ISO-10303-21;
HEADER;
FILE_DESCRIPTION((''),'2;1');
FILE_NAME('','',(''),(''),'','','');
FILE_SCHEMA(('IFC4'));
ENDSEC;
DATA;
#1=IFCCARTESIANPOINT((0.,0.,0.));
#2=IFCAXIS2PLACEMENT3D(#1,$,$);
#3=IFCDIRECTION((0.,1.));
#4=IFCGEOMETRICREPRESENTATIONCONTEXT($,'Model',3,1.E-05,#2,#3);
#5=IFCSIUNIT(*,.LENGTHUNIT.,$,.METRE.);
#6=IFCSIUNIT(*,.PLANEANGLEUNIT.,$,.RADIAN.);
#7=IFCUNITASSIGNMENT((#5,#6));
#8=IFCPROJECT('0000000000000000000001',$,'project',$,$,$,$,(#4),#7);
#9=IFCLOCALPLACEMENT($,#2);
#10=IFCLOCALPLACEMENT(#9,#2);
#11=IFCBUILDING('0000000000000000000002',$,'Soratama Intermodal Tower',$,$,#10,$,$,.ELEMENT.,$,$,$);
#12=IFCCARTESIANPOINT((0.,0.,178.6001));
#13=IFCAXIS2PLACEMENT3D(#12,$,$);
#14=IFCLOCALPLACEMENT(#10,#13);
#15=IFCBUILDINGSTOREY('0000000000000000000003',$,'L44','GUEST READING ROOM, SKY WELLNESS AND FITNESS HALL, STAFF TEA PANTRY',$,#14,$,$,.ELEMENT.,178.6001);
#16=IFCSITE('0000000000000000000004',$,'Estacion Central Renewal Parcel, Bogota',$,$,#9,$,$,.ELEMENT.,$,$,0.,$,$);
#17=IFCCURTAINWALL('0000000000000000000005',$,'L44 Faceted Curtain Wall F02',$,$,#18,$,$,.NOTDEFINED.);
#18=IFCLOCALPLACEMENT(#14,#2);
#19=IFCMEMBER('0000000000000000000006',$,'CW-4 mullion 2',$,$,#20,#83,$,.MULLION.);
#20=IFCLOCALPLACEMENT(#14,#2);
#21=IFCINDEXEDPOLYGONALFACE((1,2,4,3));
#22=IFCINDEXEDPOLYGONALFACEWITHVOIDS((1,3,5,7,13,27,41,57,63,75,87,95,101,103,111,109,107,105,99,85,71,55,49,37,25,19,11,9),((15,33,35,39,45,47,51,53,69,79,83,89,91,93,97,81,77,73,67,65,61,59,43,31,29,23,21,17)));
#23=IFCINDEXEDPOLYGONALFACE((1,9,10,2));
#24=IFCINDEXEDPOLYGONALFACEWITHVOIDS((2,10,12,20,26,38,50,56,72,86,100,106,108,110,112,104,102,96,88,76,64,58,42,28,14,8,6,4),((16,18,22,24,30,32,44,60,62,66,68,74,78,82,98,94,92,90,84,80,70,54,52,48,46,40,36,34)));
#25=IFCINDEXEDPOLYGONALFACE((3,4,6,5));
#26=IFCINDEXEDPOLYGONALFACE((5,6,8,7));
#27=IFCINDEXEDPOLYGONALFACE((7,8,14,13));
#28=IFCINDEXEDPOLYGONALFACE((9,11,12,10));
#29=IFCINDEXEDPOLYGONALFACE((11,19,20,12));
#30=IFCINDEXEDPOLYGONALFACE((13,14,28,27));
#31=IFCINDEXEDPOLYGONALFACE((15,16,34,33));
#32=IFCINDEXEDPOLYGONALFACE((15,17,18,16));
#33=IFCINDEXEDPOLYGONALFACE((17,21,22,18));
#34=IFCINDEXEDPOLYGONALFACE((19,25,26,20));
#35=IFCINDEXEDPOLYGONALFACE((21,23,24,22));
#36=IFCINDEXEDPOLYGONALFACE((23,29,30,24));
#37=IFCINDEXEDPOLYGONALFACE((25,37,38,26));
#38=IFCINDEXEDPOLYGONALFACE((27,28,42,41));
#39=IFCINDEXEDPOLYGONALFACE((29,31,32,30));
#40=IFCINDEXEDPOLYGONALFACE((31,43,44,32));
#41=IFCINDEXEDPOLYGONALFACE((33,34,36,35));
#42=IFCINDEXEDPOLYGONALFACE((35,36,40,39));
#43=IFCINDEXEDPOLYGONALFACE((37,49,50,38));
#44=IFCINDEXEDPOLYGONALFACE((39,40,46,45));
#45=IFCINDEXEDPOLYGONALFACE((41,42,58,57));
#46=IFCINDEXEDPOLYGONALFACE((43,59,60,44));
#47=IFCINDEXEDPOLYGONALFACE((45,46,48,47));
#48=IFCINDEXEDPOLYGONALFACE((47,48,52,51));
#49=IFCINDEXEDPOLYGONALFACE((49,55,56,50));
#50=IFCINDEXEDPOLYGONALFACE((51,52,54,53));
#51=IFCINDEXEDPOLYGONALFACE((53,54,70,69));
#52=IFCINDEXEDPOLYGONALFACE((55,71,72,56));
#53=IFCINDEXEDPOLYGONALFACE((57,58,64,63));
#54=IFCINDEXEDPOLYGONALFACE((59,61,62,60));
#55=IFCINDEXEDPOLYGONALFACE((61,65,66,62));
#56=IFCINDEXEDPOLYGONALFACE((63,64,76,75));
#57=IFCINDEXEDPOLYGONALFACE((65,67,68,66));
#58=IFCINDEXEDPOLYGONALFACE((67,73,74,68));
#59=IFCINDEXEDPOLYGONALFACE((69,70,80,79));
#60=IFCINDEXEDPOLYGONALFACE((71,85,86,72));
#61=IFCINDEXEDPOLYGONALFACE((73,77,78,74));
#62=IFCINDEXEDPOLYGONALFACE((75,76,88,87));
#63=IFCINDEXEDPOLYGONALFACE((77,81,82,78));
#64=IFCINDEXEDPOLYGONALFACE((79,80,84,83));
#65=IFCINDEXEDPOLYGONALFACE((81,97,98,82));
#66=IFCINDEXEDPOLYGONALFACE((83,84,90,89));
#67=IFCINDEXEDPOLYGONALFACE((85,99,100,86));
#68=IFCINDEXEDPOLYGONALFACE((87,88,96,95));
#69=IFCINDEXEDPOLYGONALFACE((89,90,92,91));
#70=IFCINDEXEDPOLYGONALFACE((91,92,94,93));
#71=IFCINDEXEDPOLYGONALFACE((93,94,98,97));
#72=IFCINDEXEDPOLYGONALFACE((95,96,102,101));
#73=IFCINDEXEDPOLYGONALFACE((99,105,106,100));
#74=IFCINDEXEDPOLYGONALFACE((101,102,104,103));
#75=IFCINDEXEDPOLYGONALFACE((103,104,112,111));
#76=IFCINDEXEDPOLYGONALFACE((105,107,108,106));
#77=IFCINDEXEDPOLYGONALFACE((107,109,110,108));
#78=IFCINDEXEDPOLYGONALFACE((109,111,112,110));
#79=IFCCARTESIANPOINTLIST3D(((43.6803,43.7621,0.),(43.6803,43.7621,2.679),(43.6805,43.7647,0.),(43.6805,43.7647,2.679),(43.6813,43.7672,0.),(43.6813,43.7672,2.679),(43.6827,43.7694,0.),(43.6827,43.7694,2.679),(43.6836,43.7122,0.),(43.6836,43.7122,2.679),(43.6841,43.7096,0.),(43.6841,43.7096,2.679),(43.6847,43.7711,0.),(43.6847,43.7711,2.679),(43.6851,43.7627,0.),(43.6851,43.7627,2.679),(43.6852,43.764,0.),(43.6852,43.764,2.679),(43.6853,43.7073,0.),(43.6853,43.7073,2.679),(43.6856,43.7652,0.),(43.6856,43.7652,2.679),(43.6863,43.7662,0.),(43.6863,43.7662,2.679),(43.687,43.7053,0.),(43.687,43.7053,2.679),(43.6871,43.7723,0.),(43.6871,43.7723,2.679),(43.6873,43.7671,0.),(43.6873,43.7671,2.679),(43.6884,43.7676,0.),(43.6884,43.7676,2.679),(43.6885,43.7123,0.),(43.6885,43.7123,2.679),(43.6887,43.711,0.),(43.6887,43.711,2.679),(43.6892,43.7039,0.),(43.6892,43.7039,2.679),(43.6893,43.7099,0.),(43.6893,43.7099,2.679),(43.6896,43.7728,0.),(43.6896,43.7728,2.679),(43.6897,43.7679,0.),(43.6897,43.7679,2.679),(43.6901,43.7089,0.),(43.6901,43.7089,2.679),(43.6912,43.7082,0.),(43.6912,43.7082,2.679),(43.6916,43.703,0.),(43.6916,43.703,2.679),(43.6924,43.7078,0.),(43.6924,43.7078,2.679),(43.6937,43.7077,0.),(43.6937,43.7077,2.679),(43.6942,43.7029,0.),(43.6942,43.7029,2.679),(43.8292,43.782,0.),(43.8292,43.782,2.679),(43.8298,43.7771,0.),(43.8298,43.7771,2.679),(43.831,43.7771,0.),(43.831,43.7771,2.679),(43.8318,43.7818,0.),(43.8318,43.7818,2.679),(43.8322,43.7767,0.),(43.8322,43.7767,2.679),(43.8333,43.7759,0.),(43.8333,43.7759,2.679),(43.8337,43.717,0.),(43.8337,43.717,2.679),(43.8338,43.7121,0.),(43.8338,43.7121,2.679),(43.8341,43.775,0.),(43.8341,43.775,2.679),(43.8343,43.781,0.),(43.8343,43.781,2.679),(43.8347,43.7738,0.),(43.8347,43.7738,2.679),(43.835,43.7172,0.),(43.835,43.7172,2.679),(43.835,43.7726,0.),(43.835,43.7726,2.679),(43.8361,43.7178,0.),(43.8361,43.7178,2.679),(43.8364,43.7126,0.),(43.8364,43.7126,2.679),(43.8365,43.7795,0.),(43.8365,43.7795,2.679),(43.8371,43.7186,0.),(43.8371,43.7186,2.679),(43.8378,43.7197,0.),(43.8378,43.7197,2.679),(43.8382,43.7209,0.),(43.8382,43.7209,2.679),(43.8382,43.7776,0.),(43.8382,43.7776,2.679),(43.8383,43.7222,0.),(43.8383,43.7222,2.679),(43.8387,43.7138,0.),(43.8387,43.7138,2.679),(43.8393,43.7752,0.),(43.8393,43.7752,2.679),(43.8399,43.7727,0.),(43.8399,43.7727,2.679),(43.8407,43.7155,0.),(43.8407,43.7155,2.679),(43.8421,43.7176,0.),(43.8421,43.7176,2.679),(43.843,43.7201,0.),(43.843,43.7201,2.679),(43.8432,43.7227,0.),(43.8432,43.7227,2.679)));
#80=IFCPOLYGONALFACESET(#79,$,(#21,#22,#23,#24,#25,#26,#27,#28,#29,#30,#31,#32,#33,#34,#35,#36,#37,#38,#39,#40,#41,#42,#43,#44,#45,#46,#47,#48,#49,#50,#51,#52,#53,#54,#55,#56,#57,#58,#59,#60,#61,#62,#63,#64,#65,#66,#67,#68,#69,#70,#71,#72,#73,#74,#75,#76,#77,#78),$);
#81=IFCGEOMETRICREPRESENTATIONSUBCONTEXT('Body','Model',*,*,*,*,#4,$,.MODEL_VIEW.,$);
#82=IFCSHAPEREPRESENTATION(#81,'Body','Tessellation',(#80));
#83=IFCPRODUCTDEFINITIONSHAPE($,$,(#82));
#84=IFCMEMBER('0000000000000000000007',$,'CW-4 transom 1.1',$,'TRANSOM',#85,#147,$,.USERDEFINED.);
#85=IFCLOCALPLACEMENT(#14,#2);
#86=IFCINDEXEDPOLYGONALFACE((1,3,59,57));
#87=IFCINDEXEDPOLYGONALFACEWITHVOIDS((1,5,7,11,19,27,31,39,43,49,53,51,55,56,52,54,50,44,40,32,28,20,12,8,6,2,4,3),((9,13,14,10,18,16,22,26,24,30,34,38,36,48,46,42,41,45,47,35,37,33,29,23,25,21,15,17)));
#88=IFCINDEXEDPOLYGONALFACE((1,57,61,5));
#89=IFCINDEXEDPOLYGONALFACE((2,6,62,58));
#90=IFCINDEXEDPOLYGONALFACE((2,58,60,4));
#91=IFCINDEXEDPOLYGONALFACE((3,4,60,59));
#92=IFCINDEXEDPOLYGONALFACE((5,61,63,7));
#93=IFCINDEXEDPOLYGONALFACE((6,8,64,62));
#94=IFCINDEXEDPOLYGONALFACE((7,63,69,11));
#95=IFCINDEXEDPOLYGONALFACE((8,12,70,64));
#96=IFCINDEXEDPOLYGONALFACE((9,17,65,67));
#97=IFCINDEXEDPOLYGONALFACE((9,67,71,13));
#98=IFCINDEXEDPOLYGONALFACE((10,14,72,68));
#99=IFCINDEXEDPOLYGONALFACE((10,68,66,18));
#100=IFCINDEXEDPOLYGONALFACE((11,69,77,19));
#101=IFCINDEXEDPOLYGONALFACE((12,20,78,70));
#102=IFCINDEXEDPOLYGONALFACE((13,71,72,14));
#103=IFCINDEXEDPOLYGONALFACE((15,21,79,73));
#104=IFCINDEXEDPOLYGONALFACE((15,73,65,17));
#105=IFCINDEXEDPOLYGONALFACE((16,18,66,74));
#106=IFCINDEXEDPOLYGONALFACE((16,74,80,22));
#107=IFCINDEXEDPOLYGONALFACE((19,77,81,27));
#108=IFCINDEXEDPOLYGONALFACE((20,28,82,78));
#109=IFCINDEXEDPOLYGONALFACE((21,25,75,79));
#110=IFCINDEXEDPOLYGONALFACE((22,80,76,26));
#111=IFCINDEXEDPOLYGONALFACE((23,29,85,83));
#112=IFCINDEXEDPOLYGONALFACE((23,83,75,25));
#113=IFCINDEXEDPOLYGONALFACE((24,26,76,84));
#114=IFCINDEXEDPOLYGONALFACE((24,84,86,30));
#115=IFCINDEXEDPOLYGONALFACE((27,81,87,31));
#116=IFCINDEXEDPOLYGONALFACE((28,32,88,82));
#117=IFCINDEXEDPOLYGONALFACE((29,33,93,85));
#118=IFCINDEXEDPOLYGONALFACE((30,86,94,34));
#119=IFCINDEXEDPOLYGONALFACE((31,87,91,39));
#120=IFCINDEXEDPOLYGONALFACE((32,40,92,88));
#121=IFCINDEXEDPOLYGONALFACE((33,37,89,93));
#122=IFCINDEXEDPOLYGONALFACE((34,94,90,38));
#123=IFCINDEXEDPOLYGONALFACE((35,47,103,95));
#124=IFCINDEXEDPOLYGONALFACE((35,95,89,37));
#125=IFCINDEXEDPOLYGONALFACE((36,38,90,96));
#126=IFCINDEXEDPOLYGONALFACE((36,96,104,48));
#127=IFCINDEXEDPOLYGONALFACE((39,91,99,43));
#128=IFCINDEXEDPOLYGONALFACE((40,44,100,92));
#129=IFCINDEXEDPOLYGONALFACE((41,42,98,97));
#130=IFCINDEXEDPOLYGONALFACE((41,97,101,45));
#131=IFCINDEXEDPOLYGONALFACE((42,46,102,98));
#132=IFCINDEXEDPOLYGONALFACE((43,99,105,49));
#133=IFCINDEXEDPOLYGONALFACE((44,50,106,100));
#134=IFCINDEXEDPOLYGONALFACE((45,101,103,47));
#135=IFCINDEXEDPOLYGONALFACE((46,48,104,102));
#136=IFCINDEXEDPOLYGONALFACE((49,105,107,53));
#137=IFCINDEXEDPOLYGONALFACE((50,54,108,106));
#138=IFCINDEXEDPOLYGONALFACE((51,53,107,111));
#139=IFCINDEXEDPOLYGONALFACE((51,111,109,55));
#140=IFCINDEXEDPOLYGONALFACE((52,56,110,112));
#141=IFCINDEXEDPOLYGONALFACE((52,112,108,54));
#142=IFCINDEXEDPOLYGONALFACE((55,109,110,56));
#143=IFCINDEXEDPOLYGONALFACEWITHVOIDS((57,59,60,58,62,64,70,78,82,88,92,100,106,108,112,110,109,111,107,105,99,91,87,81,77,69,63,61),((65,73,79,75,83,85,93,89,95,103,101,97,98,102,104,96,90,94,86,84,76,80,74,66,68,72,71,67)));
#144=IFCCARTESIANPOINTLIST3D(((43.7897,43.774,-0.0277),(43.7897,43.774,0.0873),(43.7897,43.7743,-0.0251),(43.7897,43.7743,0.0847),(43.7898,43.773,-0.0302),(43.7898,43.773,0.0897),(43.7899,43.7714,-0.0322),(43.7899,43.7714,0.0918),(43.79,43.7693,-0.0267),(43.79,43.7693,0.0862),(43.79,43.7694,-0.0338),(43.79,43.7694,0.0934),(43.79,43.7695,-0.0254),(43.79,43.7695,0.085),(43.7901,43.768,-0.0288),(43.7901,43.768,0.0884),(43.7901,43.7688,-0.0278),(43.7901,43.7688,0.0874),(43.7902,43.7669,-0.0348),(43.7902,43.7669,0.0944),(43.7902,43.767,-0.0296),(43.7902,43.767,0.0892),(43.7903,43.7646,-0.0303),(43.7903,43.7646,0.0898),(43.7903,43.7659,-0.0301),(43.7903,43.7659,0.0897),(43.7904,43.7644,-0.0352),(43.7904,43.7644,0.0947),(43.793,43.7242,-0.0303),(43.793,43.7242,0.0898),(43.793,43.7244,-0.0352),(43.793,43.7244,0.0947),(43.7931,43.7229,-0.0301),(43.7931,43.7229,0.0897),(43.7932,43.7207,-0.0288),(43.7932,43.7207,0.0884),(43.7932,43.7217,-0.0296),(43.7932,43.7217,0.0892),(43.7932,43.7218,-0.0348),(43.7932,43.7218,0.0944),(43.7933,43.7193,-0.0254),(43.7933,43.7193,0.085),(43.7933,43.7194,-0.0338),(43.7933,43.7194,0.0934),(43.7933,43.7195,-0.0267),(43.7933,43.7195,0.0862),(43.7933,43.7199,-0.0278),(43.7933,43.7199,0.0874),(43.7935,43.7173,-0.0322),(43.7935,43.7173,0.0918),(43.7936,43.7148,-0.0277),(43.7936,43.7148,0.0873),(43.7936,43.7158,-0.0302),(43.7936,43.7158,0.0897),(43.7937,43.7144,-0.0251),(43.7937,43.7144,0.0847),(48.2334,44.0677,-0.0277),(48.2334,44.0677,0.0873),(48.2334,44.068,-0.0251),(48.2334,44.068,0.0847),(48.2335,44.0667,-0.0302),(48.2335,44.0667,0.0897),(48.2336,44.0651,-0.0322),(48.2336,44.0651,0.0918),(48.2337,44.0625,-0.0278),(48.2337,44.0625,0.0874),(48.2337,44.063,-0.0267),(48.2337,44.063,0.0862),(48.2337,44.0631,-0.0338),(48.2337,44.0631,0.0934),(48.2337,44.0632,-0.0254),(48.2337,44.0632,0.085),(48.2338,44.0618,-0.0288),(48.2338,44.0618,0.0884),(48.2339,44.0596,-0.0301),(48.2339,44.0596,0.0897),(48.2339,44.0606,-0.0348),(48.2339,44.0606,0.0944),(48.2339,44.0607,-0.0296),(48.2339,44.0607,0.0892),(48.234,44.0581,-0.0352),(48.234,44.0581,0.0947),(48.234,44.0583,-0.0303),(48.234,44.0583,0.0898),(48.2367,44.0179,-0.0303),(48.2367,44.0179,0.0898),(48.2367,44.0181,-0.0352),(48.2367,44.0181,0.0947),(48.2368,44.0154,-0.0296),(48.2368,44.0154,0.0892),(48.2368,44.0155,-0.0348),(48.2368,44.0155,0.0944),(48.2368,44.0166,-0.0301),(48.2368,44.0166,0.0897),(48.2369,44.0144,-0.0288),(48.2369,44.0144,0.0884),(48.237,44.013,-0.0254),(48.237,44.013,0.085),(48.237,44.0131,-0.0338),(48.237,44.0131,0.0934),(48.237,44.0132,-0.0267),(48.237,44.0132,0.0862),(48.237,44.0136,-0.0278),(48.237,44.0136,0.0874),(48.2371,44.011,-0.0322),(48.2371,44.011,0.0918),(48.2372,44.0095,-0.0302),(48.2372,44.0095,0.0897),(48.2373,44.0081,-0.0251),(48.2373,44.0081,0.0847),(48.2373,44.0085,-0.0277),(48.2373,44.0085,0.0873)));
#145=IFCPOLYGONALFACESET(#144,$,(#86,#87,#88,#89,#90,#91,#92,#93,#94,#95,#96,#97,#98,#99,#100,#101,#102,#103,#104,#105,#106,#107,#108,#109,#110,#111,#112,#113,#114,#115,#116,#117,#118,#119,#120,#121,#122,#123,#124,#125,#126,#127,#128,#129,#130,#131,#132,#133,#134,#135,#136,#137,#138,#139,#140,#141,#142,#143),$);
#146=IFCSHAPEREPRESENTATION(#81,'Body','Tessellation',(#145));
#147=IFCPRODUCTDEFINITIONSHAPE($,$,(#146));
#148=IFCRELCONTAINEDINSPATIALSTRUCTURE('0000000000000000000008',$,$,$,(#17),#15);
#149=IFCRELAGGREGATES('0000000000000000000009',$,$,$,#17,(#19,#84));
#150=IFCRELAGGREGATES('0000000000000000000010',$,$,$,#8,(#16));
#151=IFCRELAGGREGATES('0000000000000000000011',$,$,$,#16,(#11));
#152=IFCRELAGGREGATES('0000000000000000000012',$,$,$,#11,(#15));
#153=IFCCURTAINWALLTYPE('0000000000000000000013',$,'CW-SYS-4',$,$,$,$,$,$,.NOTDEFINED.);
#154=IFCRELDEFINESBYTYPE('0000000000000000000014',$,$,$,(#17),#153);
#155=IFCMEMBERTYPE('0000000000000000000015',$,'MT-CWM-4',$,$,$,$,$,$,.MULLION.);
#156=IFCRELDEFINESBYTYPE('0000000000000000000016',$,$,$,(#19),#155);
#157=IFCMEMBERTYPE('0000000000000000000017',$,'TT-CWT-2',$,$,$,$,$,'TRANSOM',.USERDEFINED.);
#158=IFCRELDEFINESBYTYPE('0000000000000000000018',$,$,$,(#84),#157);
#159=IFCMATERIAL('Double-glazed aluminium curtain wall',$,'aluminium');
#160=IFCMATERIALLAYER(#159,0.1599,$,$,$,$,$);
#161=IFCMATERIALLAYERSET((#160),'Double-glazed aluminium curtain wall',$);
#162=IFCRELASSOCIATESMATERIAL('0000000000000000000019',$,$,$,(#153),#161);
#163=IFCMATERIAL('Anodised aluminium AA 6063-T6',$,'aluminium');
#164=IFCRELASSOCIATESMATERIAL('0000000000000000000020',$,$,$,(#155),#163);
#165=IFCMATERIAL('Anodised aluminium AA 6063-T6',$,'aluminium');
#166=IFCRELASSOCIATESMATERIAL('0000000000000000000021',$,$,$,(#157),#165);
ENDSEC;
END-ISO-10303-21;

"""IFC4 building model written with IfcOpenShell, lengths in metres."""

from ifc_helpers import new_model, si_unit, direction, frame, origin, origin_2d, place, context, subcontext, project, spatial, hollow_rectangle, extrude, material, layer, layer_set, material_profile, profile_set, type_object, element, aggregate, save


model = new_model("IFC4")

# Units and contexts
model_context = context("Model", 3, precision=1e-05, world=origin(), true_north=direction((0.0, 1.0)))
body_context = subcontext(model_context, "Body", "Model", "MODEL_VIEW")
ifc_project = project(units=[si_unit("LENGTHUNIT", "METRE"), si_unit("PLANEANGLEUNIT", "RADIAN")], contexts=[model_context])

# Site, building, storey
site_placement = place(None, origin())
site = spatial("IfcSite", under=ifc_project, at=site_placement, Name="Estacion Central Renewal Parcel, Bogota", CompositionType="ELEMENT", RefElevation=0.0)
building_placement = place(site_placement, origin())
building = spatial("IfcBuilding", under=site, at=building_placement, Name="Soratama Intermodal Tower", CompositionType="ELEMENT")
storey_placement = place(building_placement, frame((0.0, 0.0, 178.6001)))
storey = spatial("IfcBuildingStorey", under=building, at=storey_placement, Name="L44", Description="GUEST READING ROOM, SKY WELLNESS AND FITNESS HALL, STAFF TEA PANTRY", CompositionType="ELEMENT", Elevation=178.6001)

# Curtain wall, members
ifc_material_1 = material(Name="Double-glazed aluminium curtain wall", Category="aluminium")
ifc_layer_1 = layer(ifc_material_1, 0.1599)
ifc_layer_set_1 = layer_set([ifc_layer_1], Name="Double-glazed aluminium curtain wall")
curtain_wall_type = type_object("IfcCurtainWallType", Name="CW-SYS-4", PredefinedType="NOTDEFINED", material=ifc_layer_set_1)
curtain_wall_placement = place(storey_placement, origin())
curtain_wall = element("IfcCurtainWall", 1, at=curtain_wall_placement, inside=storey, type_object=curtain_wall_type, Name="L44 Faceted Curtain Wall F02", PredefinedType="NOTDEFINED")
ifc_material_2 = material(Name="Anodised aluminium AA 6063-T6", Category="aluminium")
ifc_material_profile_1 = material_profile(ifc_material_2, hollow_rectangle(XDim=0.0701, YDim=0.1599, WallThickness=0.0049, InnerFilletRadius=0.0049, OuterFilletRadius=0.01, at=origin_2d()), Name="CWM160X70X5")
ifc_profile_set_1 = profile_set([ifc_material_profile_1], Name="Anodised aluminium AA 6063-T6")
member_type_1 = type_object("IfcMemberType", Name="MT-CWM-4", PredefinedType="MULLION", material=ifc_profile_set_1)
member_1_placement = place(storey_placement, frame((43.7617, 43.7424, 0.0), z_axis=(0.0, 0.0, 1.0), x_axis=(0.065919, -0.997825, 0.0)))
member_1 = element("IfcMember", 2, at=member_1_placement, type_object=member_type_1, Name="CW-4 mullion 2", PredefinedType="MULLION", context=body_context, shape_type="SweptSolid", body=[
    extrude(hollow_rectangle(XDim=0.0701, YDim=0.1599, WallThickness=0.0049, InnerFilletRadius=0.0049, OuterFilletRadius=0.01, at=origin_2d()), origin(), (0.0, 0.0, 1.0), 2.679),
])
ifc_material_3 = material(Name="Anodised aluminium AA 6063-T6", Category="aluminium")
ifc_material_profile_2 = material_profile(ifc_material_3, hollow_rectangle(XDim=0.0601, YDim=0.1299, WallThickness=0.0049, InnerFilletRadius=0.0049, OuterFilletRadius=0.01, at=origin_2d()), Name="CWT130X60X5")
ifc_profile_set_2 = profile_set([ifc_material_profile_2], Name="Anodised aluminium AA 6063-T6")
member_type_2 = type_object("IfcMemberType", Name="TT-CWT-2", ElementType="TRANSOM", PredefinedType="USERDEFINED", material=ifc_profile_set_2)
member_2_placement = place(storey_placement, frame((48.2354, 44.0381, 0.0298), z_axis=(-0.997823, -0.065951, 0.0), x_axis=(0.065951, -0.997823, 0.0)))
member_2 = element("IfcMember", 3, at=member_2_placement, type_object=member_type_2, Name="CW-4 transom 1.1", ObjectType="TRANSOM", PredefinedType="USERDEFINED", context=body_context, shape_type="SweptSolid", body=[
    extrude(hollow_rectangle(XDim=0.0601, YDim=0.1299, WallThickness=0.0049, InnerFilletRadius=0.0049, OuterFilletRadius=0.01, at=origin_2d()), origin(), (0.0, 0.0, 1.0), 4.4534),
])
aggregate(curtain_wall, [member_1, member_2])

save(model, "model.ifc")
